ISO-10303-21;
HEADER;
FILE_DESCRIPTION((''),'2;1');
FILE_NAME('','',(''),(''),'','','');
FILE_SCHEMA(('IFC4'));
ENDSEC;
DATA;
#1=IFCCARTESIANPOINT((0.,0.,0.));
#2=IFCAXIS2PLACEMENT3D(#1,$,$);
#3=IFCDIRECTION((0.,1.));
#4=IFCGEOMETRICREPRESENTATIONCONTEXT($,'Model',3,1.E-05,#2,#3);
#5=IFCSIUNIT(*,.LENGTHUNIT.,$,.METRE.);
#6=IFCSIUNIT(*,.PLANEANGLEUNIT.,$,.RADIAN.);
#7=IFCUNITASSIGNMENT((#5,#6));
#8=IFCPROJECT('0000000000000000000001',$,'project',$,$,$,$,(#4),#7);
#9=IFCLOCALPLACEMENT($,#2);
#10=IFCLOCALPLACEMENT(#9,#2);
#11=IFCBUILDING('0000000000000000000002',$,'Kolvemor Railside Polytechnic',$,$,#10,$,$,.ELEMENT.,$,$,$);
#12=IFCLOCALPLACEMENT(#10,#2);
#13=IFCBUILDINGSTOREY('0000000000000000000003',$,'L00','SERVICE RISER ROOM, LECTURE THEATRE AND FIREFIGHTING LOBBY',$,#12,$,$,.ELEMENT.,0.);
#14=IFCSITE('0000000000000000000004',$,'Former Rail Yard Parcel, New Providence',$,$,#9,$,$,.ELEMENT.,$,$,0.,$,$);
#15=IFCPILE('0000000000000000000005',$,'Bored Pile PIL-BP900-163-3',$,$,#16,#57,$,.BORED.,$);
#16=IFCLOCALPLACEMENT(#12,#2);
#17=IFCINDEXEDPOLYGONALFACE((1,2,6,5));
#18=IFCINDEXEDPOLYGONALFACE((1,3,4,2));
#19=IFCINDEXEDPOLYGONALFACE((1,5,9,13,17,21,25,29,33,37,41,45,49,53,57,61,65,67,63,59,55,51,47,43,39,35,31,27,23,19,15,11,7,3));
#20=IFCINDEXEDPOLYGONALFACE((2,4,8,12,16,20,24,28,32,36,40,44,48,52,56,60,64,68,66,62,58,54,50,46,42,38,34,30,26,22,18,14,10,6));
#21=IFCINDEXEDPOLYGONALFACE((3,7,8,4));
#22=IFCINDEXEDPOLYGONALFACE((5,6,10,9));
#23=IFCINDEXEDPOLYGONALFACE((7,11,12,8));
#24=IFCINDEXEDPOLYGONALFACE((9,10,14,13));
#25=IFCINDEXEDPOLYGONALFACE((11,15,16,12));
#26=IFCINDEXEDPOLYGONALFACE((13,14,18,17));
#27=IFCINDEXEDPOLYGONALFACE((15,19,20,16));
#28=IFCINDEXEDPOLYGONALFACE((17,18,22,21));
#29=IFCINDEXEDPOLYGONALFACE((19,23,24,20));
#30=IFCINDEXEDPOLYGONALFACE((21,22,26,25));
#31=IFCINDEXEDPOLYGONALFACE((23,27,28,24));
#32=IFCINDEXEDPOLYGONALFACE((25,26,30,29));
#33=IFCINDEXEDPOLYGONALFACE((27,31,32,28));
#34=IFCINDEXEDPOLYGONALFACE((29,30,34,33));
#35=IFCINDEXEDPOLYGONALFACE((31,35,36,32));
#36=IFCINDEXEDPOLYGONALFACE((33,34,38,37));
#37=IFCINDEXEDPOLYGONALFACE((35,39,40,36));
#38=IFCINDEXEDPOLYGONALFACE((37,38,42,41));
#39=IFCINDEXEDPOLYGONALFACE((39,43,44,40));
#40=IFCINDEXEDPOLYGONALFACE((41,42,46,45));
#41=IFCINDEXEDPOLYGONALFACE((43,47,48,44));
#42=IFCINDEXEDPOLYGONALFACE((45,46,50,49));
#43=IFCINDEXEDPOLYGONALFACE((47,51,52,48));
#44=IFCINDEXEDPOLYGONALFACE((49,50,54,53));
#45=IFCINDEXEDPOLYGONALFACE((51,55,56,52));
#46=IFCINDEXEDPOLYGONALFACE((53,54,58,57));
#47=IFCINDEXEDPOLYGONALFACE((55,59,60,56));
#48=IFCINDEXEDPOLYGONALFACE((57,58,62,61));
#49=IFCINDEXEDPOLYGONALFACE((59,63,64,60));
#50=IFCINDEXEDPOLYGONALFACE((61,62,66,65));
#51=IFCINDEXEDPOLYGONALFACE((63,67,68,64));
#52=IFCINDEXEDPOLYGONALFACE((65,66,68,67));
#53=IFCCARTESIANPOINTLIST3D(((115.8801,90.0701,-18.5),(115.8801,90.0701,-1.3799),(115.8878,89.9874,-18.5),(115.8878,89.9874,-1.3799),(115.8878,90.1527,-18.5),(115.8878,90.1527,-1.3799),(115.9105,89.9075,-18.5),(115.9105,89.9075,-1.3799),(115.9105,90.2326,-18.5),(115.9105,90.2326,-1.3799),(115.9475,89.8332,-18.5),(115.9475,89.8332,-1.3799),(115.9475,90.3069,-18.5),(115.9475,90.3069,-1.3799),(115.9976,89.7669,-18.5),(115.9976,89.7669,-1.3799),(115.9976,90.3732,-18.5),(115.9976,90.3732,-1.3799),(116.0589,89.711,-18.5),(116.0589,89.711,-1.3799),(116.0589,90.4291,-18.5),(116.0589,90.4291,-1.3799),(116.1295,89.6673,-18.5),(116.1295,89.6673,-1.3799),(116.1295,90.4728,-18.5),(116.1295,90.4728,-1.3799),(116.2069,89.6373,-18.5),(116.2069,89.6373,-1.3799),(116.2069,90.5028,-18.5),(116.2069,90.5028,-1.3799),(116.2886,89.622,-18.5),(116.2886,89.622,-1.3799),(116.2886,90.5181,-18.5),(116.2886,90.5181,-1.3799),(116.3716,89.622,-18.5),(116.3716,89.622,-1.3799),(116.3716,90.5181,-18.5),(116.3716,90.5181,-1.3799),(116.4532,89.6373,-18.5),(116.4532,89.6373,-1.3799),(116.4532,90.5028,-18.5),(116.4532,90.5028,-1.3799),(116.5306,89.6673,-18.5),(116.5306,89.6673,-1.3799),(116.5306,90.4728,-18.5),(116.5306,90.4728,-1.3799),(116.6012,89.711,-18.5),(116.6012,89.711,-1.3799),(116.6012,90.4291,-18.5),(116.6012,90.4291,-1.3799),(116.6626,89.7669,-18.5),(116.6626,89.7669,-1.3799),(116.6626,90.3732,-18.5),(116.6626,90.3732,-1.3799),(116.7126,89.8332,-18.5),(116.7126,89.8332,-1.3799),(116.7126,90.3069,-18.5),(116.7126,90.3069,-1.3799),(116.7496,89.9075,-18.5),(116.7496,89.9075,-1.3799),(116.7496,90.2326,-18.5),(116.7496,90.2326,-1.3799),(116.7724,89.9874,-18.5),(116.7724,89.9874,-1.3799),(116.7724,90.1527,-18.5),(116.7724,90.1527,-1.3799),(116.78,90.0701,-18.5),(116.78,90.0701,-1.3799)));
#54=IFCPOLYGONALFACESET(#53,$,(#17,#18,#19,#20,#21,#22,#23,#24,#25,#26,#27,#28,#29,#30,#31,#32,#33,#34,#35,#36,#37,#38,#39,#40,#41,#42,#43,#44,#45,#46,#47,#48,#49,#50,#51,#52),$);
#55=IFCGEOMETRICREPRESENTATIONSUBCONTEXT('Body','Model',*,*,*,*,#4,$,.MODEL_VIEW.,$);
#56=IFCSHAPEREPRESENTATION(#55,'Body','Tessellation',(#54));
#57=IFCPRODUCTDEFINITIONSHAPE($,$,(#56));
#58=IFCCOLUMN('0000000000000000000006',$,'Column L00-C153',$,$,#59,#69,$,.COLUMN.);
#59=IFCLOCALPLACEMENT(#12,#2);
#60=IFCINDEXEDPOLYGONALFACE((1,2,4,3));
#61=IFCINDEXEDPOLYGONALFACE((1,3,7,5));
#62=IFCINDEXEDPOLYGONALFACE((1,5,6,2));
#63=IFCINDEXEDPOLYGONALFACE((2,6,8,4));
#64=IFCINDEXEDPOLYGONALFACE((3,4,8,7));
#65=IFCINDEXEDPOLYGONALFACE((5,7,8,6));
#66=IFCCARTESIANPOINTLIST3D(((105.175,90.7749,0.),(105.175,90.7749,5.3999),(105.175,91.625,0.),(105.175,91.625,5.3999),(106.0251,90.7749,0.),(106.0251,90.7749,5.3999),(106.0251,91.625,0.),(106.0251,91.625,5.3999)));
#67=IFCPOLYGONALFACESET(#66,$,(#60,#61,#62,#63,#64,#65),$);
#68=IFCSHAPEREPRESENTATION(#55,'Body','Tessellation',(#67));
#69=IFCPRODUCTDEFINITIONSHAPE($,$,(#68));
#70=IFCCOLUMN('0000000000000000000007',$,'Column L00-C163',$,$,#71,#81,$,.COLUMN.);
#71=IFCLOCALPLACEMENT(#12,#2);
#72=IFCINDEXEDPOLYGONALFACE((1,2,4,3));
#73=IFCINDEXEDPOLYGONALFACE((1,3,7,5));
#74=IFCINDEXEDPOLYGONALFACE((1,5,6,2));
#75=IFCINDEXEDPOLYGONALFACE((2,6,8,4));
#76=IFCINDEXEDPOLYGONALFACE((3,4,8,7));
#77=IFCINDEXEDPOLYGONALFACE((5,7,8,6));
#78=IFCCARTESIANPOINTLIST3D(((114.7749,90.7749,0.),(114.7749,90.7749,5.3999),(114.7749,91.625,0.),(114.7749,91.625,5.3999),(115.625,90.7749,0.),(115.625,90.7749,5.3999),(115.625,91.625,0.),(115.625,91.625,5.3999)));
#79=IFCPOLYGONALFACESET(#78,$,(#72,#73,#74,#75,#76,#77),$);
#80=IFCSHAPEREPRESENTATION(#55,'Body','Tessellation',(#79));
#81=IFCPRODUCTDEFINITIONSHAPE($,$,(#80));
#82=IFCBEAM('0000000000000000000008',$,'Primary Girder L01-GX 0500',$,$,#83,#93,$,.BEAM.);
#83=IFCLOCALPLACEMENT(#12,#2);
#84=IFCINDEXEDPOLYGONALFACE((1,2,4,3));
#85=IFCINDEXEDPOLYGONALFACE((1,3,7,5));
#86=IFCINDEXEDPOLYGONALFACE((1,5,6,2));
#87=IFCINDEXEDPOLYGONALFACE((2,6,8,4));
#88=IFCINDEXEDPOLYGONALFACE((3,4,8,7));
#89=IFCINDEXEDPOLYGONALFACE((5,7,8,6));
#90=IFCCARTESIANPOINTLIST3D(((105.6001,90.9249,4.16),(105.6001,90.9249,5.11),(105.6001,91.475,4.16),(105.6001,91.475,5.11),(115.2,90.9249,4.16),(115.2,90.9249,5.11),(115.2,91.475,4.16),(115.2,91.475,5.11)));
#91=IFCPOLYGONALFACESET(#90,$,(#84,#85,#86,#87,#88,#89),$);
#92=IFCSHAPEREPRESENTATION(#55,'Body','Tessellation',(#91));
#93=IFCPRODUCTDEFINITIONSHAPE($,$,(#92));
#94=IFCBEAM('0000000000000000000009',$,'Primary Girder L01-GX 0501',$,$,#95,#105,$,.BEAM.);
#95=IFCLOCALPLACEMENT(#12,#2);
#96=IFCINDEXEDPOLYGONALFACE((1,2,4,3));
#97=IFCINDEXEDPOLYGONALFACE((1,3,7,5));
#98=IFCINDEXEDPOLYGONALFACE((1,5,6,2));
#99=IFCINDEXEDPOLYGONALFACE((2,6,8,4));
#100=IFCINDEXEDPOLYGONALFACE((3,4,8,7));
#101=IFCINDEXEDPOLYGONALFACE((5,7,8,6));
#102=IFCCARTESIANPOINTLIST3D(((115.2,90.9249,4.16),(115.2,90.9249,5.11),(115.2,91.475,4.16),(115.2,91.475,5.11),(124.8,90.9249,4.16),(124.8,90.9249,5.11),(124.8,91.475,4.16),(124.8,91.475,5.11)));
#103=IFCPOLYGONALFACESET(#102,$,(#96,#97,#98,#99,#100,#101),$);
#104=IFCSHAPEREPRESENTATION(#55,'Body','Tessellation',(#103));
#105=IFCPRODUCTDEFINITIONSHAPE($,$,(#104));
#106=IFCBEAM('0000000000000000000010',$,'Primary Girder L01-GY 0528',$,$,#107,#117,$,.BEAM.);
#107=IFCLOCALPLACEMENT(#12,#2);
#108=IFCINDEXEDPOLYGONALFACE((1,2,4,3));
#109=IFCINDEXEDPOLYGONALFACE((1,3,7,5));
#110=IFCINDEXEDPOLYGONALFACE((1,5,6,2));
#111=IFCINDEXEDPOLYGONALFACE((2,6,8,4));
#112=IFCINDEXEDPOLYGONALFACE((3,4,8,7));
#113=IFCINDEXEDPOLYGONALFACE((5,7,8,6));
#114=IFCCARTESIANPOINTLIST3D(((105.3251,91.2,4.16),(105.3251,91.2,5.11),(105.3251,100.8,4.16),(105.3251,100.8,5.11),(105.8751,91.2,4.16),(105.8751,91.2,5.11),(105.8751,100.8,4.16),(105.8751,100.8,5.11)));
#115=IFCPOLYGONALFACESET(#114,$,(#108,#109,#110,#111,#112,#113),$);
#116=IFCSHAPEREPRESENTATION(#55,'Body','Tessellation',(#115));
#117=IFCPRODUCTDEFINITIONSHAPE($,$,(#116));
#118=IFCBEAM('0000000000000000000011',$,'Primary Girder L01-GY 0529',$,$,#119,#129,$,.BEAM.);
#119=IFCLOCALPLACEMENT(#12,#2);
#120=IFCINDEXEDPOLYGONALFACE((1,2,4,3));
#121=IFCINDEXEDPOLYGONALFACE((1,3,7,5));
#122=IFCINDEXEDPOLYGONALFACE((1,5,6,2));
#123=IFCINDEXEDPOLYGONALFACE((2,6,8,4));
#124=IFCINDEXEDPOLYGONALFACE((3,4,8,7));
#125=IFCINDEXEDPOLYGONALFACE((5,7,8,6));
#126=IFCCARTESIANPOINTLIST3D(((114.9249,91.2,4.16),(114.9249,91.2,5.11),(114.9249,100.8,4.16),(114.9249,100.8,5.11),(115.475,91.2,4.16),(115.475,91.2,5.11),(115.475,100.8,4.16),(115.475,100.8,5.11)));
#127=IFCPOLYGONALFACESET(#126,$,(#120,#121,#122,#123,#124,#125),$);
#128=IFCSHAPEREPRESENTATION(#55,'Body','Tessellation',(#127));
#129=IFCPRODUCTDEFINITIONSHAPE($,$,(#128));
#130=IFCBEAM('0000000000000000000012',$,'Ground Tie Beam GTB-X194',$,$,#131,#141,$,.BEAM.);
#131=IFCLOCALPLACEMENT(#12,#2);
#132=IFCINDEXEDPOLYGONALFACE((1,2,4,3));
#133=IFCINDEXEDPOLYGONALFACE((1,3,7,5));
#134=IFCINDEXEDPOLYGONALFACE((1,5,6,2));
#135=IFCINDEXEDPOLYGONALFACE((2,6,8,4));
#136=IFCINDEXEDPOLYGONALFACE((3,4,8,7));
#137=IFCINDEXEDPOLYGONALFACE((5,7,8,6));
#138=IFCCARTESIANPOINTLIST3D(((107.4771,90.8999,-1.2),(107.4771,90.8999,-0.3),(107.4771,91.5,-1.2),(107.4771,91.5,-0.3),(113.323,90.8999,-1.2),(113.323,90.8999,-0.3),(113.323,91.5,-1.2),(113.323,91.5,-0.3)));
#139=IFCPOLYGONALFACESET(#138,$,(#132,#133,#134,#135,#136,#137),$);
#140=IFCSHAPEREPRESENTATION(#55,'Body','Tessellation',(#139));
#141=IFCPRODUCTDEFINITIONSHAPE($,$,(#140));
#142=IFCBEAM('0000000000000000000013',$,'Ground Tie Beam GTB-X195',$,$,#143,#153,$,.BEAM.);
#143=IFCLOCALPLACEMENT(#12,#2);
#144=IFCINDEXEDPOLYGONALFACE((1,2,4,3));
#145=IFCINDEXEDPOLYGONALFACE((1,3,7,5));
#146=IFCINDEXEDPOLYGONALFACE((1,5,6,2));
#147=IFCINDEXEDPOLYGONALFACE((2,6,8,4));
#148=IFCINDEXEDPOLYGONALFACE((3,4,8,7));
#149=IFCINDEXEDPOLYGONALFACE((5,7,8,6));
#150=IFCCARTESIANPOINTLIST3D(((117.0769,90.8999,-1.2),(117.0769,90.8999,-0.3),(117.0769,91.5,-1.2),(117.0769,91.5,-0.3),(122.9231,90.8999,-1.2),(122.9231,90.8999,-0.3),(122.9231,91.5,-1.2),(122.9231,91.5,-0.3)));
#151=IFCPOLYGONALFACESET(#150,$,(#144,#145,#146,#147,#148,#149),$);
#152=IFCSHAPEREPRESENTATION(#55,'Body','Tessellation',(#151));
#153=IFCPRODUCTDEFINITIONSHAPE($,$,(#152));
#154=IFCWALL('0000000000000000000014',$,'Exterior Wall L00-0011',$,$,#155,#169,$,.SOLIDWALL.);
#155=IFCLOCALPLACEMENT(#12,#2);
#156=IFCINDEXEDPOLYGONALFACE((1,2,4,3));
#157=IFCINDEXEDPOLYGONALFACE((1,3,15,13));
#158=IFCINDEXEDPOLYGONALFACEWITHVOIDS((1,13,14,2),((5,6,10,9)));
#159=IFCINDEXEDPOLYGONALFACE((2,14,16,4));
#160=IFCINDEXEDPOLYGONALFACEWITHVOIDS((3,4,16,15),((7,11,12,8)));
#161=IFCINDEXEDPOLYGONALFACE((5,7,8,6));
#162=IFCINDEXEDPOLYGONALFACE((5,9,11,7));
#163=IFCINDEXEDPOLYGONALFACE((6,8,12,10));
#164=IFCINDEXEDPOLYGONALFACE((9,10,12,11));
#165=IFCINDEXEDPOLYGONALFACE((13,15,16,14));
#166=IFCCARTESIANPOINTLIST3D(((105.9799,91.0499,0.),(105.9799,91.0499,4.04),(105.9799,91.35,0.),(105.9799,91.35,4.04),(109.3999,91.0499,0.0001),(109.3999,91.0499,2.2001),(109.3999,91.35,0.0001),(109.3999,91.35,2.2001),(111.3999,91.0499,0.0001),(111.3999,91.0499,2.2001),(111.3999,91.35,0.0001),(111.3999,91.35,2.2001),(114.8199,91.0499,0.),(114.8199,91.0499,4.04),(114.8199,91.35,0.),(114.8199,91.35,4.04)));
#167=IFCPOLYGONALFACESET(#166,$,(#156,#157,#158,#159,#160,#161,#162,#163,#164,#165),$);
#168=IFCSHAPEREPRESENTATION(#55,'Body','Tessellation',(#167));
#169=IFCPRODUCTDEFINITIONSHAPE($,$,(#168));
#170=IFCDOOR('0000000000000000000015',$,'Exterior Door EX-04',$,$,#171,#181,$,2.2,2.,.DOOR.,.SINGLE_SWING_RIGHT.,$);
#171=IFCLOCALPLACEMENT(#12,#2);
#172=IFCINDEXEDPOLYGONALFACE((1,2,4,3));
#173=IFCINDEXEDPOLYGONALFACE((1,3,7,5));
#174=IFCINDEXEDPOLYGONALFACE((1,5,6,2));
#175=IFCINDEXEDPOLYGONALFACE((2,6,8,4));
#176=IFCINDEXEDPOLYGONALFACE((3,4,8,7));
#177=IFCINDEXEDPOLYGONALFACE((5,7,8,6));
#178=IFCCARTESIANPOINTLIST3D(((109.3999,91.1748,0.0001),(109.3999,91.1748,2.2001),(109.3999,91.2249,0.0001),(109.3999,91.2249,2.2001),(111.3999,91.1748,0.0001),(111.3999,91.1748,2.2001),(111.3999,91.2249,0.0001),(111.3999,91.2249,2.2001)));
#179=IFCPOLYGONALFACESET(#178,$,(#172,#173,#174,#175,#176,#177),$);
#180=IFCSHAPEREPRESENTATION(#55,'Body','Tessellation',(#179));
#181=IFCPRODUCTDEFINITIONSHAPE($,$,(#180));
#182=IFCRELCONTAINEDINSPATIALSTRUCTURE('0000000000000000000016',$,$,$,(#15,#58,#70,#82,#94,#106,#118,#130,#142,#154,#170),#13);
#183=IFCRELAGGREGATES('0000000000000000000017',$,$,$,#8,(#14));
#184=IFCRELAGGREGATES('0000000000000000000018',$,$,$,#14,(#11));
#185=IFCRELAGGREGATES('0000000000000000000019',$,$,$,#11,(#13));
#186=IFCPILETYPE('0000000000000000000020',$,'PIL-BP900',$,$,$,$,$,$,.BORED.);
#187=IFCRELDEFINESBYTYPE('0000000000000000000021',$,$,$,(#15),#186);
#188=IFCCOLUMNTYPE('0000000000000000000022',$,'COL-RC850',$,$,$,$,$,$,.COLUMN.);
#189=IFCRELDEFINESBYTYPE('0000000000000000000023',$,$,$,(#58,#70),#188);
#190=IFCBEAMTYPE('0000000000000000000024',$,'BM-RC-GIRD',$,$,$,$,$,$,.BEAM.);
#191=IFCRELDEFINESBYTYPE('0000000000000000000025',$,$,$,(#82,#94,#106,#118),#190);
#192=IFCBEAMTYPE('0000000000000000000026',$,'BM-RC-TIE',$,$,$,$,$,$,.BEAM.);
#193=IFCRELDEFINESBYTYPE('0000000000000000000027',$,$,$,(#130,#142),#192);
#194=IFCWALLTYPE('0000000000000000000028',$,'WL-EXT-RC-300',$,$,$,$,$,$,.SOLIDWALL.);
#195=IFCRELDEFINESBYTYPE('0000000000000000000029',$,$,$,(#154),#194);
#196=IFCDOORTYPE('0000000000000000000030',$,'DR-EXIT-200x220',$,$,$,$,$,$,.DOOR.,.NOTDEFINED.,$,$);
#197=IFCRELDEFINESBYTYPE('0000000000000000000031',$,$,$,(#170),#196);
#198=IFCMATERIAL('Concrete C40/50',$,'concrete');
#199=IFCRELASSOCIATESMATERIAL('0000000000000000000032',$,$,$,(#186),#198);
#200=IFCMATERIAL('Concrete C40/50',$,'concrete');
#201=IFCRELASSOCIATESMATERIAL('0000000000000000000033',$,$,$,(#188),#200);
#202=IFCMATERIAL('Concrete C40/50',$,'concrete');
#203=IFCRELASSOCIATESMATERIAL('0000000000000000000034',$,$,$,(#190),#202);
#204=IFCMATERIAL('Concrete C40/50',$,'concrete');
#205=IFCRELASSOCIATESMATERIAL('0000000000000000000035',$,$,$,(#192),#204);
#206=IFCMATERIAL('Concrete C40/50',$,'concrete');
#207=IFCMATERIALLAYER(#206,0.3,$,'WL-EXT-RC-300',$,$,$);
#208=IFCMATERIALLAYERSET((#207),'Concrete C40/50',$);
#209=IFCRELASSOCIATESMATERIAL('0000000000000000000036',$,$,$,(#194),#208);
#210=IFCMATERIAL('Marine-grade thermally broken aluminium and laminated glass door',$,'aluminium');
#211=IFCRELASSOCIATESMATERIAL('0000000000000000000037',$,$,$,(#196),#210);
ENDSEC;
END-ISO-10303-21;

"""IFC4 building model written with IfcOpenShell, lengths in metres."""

from ifc_helpers import new_model, si_unit, direction, frame, frame_2d, origin, origin_2d, place, context, subcontext, project, spatial, rectangle, circle, extrude, material, layer, layer_set, material_profile, profile_set, type_object, element, fill, save


model = new_model("IFC4")

# Units and contexts
model_context = context("Model", 3, precision=1e-05, world=origin(), true_north=direction((0.0, 1.0)))
body_context = subcontext(model_context, "Body", "Model", "MODEL_VIEW")
ifc_project = project(units=[si_unit("LENGTHUNIT", "METRE"), si_unit("PLANEANGLEUNIT", "RADIAN")], contexts=[model_context])

# Site, building, storey
site_placement = place(None, origin())
site = spatial("IfcSite", under=ifc_project, at=site_placement, Name="Former Rail Yard Parcel, New Providence", CompositionType="ELEMENT", RefElevation=0.0)
building_placement = place(site_placement, origin())
building = spatial("IfcBuilding", under=site, at=building_placement, Name="Kolvemor Railside Polytechnic", CompositionType="ELEMENT")
storey_placement = place(building_placement, origin())
storey = spatial("IfcBuildingStorey", under=building, at=storey_placement, Name="L00", Description="SERVICE RISER ROOM, LECTURE THEATRE AND FIREFIGHTING LOBBY", CompositionType="ELEMENT", Elevation=0.0)

# Pile
ifc_material_1 = material(Name="Concrete C40/50", Category="concrete")
ifc_material_profile_1 = material_profile(ifc_material_1, circle(Radius=0.45, at=origin_2d()), Name="BP900")
ifc_profile_set_1 = profile_set([ifc_material_profile_1], Name="Concrete C40/50")
pile_type_1 = type_object("IfcPileType", Name="PIL-BP900", PredefinedType="BORED", material=ifc_profile_set_1)
for number, where, z_axis, x_axis, name in (
    (1, (116.3301, 90.0701, -1.3799), (0.0, 0.0, -1.0), (1.0, 0.0, 0.0), "Bored Pile PIL-BP900-163-3"),
):
    element("IfcPile", number, at=place(storey_placement, frame(where, z_axis=z_axis, x_axis=x_axis)), inside=storey, type_object=pile_type_1, Name=name, PredefinedType="BORED", context=body_context, shape_type="SweptSolid", body=[
        extrude(circle(Radius=0.45, at=origin_2d()), origin(), (0.0, 0.0, 1.0), 17.1201),
    ])

# Columns
ifc_material_2 = material(Name="Concrete C40/50", Category="concrete")
ifc_material_profile_2 = material_profile(ifc_material_2, rectangle(XDim=0.8501, YDim=0.8501, at=origin_2d()), Name="RC850x850")
ifc_profile_set_2 = profile_set([ifc_material_profile_2], Name="Concrete C40/50")
column_type = type_object("IfcColumnType", Name="COL-RC850", PredefinedType="COLUMN", material=ifc_profile_set_2)
for number, where, z_axis, x_axis, name in (
    (2, (105.6001, 91.2, 0.0), (0.0, 0.0, 1.0), (1.0, 0.0, 0.0), "Column L00-C153"),
    (3, (115.2, 91.2, 0.0), (0.0, 0.0, 1.0), (1.0, 0.0, 0.0), "Column L00-C163"),
):
    element("IfcColumn", number, at=place(storey_placement, frame(where, z_axis=z_axis, x_axis=x_axis)), inside=storey, type_object=column_type, Name=name, PredefinedType="COLUMN", context=body_context, shape_type="SweptSolid", body=[
        extrude(rectangle(XDim=0.8501, YDim=0.8501, at=origin_2d()), origin(), (0.0, 0.0, 1.0), 5.3999),
    ])

# Beams
ifc_material_3 = material(Name="Concrete C40/50", Category="concrete")
ifc_material_profile_3 = material_profile(ifc_material_3, rectangle(XDim=0.55, YDim=0.95, at=origin_2d()), Name="RC550x950")
ifc_profile_set_3 = profile_set([ifc_material_profile_3], Name="Concrete C40/50")
beam_type_1 = type_object("IfcBeamType", Name="BM-RC-GIRD", PredefinedType="BEAM", material=ifc_profile_set_3)
beam_1_placement = place(storey_placement, frame((105.6001, 91.2, 4.635), z_axis=(1.0, 0.0, 0.0), x_axis=(0.0, 1.0, 0.0)))
element("IfcBeam", 4, at=beam_1_placement, inside=storey, type_object=beam_type_1, Name="Primary Girder L01-GX 0500", PredefinedType="BEAM", context=body_context, shape_type="SweptSolid", body=[
    extrude(rectangle(XDim=0.55, YDim=0.95, at=origin_2d()), origin(), (0.0, 0.0, 1.0), 9.5999),
])
for number, where, z_axis, x_axis, name in (
    (5, (115.2, 91.2, 4.635), (1.0, 0.0, 0.0), (0.0, 1.0, 0.0), "Primary Girder L01-GX 0501"),
    (6, (105.6001, 91.2, 4.635), (0.0, 1.0, 0.0), (-1.0, 0.0, 0.0), "Primary Girder L01-GY 0528"),
    (7, (115.2, 91.2, 4.635), (0.0, 1.0, 0.0), (-1.0, 0.0, 0.0), "Primary Girder L01-GY 0529"),
):
    element("IfcBeam", number, at=place(storey_placement, frame(where, z_axis=z_axis, x_axis=x_axis)), inside=storey, type_object=beam_type_1, Name=name, PredefinedType="BEAM", context=body_context, shape_type="SweptSolid", body=[
        extrude(rectangle(XDim=0.55, YDim=0.95, at=origin_2d()), origin(), (0.0, 0.0, 1.0), 9.6001),
    ])
ifc_material_4 = material(Name="Concrete C40/50", Category="concrete")
ifc_material_profile_4 = material_profile(ifc_material_4, rectangle(XDim=0.6001, YDim=0.8999, at=origin_2d()), Name="RC600x900")
ifc_profile_set_4 = profile_set([ifc_material_profile_4], Name="Concrete C40/50")
beam_type_2 = type_object("IfcBeamType", Name="BM-RC-TIE", PredefinedType="BEAM", material=ifc_profile_set_4)
beam_2_placement = place(storey_placement, frame((107.4771, 91.2, -0.75), z_axis=(1.0, 0.0, 0.0), x_axis=(0.0, 1.0, 0.0)))
element("IfcBeam", 8, at=beam_2_placement, inside=storey, type_object=beam_type_2, Name="Ground Tie Beam GTB-X194", PredefinedType="BEAM", context=body_context, shape_type="SweptSolid", body=[
    extrude(rectangle(XDim=0.6001, YDim=0.8999, at=origin_2d()), origin(), (0.0, 0.0, 1.0), 5.8459),
])
beam_3_placement = place(storey_placement, frame((117.0769, 91.2, -0.75), z_axis=(1.0, 0.0, 0.0), x_axis=(0.0, 1.0, 0.0)))
element("IfcBeam", 9, at=beam_3_placement, inside=storey, type_object=beam_type_2, Name="Ground Tie Beam GTB-X195", PredefinedType="BEAM", context=body_context, shape_type="SweptSolid", body=[
    extrude(rectangle(XDim=0.6001, YDim=0.8999, at=origin_2d()), origin(), (0.0, 0.0, 1.0), 5.8462),
])

# Wall, opening, door
ifc_material_5 = material(Name="Concrete C40/50", Category="concrete")
ifc_layer = layer(ifc_material_5, 0.3, Name="WL-EXT-RC-300")
ifc_layer_set = layer_set([ifc_layer], Name="Concrete C40/50")
wall_type = type_object("IfcWallType", Name="WL-EXT-RC-300", PredefinedType="SOLIDWALL", material=ifc_layer_set)
wall_1_placement = place(storey_placement, frame((105.98, 91.2, 0.0), z_axis=(0.0, 0.0, 1.0), x_axis=(1.0, 0.0, 0.0)))
wall_1 = element("IfcWall", 10, at=wall_1_placement, inside=storey, type_object=wall_type, Name="Exterior Wall L00-0011", PredefinedType="SOLIDWALL", context=body_context, shape_type="SweptSolid", body=[
    extrude(rectangle(XDim=8.8401, YDim=0.3, at=frame_2d((4.4199, 0.0))), origin(), (0.0, 0.0, 1.0), 4.04),
])
opening_1_placement = place(wall_1_placement, frame((3.4199, 0.0, 0.0)))
opening_1 = element("IfcOpeningElement", 11, at=opening_1_placement, cuts=wall_1, PredefinedType="OPENING", context=body_context, shape_type="SweptSolid", body=[
    extrude(rectangle(XDim=2.0, YDim=2.2, at=frame_2d((1.0, 1.1001))), frame((0.0, 0.1599, 0.0), z_axis=(0.0, -1.0, 0.0), x_axis=(1.0, 0.0, 0.0)), (0.0, 0.0, 1.0), 0.3201),
])
ifc_material_6 = material(Name="Marine-grade thermally broken aluminium and laminated glass door", Category="aluminium")
door_type = type_object("IfcDoorType", Name="DR-EXIT-200x220", OperationType="NOTDEFINED", PredefinedType="DOOR", material=ifc_material_6)
door_placement = place(opening_1_placement, origin())
door = element("IfcDoor", 12, at=door_placement, inside=storey, type_object=door_type, Name="Exterior Door EX-04", OperationType="SINGLE_SWING_RIGHT", OverallHeight=2.2, OverallWidth=2.0, PredefinedType="DOOR", context=body_context, shape_type="SweptSolid", body=[
    extrude(rectangle(XDim=2.0, YDim=2.2, at=frame_2d((1.0, 1.1001))), frame((0.0, 0.0249, 0.0), z_axis=(0.0, -1.0, 0.0), x_axis=(1.0, 0.0, 0.0)), (0.0, 0.0, 1.0), 0.05),
])
fill(opening_1, door)

save(model, "model.ifc")
